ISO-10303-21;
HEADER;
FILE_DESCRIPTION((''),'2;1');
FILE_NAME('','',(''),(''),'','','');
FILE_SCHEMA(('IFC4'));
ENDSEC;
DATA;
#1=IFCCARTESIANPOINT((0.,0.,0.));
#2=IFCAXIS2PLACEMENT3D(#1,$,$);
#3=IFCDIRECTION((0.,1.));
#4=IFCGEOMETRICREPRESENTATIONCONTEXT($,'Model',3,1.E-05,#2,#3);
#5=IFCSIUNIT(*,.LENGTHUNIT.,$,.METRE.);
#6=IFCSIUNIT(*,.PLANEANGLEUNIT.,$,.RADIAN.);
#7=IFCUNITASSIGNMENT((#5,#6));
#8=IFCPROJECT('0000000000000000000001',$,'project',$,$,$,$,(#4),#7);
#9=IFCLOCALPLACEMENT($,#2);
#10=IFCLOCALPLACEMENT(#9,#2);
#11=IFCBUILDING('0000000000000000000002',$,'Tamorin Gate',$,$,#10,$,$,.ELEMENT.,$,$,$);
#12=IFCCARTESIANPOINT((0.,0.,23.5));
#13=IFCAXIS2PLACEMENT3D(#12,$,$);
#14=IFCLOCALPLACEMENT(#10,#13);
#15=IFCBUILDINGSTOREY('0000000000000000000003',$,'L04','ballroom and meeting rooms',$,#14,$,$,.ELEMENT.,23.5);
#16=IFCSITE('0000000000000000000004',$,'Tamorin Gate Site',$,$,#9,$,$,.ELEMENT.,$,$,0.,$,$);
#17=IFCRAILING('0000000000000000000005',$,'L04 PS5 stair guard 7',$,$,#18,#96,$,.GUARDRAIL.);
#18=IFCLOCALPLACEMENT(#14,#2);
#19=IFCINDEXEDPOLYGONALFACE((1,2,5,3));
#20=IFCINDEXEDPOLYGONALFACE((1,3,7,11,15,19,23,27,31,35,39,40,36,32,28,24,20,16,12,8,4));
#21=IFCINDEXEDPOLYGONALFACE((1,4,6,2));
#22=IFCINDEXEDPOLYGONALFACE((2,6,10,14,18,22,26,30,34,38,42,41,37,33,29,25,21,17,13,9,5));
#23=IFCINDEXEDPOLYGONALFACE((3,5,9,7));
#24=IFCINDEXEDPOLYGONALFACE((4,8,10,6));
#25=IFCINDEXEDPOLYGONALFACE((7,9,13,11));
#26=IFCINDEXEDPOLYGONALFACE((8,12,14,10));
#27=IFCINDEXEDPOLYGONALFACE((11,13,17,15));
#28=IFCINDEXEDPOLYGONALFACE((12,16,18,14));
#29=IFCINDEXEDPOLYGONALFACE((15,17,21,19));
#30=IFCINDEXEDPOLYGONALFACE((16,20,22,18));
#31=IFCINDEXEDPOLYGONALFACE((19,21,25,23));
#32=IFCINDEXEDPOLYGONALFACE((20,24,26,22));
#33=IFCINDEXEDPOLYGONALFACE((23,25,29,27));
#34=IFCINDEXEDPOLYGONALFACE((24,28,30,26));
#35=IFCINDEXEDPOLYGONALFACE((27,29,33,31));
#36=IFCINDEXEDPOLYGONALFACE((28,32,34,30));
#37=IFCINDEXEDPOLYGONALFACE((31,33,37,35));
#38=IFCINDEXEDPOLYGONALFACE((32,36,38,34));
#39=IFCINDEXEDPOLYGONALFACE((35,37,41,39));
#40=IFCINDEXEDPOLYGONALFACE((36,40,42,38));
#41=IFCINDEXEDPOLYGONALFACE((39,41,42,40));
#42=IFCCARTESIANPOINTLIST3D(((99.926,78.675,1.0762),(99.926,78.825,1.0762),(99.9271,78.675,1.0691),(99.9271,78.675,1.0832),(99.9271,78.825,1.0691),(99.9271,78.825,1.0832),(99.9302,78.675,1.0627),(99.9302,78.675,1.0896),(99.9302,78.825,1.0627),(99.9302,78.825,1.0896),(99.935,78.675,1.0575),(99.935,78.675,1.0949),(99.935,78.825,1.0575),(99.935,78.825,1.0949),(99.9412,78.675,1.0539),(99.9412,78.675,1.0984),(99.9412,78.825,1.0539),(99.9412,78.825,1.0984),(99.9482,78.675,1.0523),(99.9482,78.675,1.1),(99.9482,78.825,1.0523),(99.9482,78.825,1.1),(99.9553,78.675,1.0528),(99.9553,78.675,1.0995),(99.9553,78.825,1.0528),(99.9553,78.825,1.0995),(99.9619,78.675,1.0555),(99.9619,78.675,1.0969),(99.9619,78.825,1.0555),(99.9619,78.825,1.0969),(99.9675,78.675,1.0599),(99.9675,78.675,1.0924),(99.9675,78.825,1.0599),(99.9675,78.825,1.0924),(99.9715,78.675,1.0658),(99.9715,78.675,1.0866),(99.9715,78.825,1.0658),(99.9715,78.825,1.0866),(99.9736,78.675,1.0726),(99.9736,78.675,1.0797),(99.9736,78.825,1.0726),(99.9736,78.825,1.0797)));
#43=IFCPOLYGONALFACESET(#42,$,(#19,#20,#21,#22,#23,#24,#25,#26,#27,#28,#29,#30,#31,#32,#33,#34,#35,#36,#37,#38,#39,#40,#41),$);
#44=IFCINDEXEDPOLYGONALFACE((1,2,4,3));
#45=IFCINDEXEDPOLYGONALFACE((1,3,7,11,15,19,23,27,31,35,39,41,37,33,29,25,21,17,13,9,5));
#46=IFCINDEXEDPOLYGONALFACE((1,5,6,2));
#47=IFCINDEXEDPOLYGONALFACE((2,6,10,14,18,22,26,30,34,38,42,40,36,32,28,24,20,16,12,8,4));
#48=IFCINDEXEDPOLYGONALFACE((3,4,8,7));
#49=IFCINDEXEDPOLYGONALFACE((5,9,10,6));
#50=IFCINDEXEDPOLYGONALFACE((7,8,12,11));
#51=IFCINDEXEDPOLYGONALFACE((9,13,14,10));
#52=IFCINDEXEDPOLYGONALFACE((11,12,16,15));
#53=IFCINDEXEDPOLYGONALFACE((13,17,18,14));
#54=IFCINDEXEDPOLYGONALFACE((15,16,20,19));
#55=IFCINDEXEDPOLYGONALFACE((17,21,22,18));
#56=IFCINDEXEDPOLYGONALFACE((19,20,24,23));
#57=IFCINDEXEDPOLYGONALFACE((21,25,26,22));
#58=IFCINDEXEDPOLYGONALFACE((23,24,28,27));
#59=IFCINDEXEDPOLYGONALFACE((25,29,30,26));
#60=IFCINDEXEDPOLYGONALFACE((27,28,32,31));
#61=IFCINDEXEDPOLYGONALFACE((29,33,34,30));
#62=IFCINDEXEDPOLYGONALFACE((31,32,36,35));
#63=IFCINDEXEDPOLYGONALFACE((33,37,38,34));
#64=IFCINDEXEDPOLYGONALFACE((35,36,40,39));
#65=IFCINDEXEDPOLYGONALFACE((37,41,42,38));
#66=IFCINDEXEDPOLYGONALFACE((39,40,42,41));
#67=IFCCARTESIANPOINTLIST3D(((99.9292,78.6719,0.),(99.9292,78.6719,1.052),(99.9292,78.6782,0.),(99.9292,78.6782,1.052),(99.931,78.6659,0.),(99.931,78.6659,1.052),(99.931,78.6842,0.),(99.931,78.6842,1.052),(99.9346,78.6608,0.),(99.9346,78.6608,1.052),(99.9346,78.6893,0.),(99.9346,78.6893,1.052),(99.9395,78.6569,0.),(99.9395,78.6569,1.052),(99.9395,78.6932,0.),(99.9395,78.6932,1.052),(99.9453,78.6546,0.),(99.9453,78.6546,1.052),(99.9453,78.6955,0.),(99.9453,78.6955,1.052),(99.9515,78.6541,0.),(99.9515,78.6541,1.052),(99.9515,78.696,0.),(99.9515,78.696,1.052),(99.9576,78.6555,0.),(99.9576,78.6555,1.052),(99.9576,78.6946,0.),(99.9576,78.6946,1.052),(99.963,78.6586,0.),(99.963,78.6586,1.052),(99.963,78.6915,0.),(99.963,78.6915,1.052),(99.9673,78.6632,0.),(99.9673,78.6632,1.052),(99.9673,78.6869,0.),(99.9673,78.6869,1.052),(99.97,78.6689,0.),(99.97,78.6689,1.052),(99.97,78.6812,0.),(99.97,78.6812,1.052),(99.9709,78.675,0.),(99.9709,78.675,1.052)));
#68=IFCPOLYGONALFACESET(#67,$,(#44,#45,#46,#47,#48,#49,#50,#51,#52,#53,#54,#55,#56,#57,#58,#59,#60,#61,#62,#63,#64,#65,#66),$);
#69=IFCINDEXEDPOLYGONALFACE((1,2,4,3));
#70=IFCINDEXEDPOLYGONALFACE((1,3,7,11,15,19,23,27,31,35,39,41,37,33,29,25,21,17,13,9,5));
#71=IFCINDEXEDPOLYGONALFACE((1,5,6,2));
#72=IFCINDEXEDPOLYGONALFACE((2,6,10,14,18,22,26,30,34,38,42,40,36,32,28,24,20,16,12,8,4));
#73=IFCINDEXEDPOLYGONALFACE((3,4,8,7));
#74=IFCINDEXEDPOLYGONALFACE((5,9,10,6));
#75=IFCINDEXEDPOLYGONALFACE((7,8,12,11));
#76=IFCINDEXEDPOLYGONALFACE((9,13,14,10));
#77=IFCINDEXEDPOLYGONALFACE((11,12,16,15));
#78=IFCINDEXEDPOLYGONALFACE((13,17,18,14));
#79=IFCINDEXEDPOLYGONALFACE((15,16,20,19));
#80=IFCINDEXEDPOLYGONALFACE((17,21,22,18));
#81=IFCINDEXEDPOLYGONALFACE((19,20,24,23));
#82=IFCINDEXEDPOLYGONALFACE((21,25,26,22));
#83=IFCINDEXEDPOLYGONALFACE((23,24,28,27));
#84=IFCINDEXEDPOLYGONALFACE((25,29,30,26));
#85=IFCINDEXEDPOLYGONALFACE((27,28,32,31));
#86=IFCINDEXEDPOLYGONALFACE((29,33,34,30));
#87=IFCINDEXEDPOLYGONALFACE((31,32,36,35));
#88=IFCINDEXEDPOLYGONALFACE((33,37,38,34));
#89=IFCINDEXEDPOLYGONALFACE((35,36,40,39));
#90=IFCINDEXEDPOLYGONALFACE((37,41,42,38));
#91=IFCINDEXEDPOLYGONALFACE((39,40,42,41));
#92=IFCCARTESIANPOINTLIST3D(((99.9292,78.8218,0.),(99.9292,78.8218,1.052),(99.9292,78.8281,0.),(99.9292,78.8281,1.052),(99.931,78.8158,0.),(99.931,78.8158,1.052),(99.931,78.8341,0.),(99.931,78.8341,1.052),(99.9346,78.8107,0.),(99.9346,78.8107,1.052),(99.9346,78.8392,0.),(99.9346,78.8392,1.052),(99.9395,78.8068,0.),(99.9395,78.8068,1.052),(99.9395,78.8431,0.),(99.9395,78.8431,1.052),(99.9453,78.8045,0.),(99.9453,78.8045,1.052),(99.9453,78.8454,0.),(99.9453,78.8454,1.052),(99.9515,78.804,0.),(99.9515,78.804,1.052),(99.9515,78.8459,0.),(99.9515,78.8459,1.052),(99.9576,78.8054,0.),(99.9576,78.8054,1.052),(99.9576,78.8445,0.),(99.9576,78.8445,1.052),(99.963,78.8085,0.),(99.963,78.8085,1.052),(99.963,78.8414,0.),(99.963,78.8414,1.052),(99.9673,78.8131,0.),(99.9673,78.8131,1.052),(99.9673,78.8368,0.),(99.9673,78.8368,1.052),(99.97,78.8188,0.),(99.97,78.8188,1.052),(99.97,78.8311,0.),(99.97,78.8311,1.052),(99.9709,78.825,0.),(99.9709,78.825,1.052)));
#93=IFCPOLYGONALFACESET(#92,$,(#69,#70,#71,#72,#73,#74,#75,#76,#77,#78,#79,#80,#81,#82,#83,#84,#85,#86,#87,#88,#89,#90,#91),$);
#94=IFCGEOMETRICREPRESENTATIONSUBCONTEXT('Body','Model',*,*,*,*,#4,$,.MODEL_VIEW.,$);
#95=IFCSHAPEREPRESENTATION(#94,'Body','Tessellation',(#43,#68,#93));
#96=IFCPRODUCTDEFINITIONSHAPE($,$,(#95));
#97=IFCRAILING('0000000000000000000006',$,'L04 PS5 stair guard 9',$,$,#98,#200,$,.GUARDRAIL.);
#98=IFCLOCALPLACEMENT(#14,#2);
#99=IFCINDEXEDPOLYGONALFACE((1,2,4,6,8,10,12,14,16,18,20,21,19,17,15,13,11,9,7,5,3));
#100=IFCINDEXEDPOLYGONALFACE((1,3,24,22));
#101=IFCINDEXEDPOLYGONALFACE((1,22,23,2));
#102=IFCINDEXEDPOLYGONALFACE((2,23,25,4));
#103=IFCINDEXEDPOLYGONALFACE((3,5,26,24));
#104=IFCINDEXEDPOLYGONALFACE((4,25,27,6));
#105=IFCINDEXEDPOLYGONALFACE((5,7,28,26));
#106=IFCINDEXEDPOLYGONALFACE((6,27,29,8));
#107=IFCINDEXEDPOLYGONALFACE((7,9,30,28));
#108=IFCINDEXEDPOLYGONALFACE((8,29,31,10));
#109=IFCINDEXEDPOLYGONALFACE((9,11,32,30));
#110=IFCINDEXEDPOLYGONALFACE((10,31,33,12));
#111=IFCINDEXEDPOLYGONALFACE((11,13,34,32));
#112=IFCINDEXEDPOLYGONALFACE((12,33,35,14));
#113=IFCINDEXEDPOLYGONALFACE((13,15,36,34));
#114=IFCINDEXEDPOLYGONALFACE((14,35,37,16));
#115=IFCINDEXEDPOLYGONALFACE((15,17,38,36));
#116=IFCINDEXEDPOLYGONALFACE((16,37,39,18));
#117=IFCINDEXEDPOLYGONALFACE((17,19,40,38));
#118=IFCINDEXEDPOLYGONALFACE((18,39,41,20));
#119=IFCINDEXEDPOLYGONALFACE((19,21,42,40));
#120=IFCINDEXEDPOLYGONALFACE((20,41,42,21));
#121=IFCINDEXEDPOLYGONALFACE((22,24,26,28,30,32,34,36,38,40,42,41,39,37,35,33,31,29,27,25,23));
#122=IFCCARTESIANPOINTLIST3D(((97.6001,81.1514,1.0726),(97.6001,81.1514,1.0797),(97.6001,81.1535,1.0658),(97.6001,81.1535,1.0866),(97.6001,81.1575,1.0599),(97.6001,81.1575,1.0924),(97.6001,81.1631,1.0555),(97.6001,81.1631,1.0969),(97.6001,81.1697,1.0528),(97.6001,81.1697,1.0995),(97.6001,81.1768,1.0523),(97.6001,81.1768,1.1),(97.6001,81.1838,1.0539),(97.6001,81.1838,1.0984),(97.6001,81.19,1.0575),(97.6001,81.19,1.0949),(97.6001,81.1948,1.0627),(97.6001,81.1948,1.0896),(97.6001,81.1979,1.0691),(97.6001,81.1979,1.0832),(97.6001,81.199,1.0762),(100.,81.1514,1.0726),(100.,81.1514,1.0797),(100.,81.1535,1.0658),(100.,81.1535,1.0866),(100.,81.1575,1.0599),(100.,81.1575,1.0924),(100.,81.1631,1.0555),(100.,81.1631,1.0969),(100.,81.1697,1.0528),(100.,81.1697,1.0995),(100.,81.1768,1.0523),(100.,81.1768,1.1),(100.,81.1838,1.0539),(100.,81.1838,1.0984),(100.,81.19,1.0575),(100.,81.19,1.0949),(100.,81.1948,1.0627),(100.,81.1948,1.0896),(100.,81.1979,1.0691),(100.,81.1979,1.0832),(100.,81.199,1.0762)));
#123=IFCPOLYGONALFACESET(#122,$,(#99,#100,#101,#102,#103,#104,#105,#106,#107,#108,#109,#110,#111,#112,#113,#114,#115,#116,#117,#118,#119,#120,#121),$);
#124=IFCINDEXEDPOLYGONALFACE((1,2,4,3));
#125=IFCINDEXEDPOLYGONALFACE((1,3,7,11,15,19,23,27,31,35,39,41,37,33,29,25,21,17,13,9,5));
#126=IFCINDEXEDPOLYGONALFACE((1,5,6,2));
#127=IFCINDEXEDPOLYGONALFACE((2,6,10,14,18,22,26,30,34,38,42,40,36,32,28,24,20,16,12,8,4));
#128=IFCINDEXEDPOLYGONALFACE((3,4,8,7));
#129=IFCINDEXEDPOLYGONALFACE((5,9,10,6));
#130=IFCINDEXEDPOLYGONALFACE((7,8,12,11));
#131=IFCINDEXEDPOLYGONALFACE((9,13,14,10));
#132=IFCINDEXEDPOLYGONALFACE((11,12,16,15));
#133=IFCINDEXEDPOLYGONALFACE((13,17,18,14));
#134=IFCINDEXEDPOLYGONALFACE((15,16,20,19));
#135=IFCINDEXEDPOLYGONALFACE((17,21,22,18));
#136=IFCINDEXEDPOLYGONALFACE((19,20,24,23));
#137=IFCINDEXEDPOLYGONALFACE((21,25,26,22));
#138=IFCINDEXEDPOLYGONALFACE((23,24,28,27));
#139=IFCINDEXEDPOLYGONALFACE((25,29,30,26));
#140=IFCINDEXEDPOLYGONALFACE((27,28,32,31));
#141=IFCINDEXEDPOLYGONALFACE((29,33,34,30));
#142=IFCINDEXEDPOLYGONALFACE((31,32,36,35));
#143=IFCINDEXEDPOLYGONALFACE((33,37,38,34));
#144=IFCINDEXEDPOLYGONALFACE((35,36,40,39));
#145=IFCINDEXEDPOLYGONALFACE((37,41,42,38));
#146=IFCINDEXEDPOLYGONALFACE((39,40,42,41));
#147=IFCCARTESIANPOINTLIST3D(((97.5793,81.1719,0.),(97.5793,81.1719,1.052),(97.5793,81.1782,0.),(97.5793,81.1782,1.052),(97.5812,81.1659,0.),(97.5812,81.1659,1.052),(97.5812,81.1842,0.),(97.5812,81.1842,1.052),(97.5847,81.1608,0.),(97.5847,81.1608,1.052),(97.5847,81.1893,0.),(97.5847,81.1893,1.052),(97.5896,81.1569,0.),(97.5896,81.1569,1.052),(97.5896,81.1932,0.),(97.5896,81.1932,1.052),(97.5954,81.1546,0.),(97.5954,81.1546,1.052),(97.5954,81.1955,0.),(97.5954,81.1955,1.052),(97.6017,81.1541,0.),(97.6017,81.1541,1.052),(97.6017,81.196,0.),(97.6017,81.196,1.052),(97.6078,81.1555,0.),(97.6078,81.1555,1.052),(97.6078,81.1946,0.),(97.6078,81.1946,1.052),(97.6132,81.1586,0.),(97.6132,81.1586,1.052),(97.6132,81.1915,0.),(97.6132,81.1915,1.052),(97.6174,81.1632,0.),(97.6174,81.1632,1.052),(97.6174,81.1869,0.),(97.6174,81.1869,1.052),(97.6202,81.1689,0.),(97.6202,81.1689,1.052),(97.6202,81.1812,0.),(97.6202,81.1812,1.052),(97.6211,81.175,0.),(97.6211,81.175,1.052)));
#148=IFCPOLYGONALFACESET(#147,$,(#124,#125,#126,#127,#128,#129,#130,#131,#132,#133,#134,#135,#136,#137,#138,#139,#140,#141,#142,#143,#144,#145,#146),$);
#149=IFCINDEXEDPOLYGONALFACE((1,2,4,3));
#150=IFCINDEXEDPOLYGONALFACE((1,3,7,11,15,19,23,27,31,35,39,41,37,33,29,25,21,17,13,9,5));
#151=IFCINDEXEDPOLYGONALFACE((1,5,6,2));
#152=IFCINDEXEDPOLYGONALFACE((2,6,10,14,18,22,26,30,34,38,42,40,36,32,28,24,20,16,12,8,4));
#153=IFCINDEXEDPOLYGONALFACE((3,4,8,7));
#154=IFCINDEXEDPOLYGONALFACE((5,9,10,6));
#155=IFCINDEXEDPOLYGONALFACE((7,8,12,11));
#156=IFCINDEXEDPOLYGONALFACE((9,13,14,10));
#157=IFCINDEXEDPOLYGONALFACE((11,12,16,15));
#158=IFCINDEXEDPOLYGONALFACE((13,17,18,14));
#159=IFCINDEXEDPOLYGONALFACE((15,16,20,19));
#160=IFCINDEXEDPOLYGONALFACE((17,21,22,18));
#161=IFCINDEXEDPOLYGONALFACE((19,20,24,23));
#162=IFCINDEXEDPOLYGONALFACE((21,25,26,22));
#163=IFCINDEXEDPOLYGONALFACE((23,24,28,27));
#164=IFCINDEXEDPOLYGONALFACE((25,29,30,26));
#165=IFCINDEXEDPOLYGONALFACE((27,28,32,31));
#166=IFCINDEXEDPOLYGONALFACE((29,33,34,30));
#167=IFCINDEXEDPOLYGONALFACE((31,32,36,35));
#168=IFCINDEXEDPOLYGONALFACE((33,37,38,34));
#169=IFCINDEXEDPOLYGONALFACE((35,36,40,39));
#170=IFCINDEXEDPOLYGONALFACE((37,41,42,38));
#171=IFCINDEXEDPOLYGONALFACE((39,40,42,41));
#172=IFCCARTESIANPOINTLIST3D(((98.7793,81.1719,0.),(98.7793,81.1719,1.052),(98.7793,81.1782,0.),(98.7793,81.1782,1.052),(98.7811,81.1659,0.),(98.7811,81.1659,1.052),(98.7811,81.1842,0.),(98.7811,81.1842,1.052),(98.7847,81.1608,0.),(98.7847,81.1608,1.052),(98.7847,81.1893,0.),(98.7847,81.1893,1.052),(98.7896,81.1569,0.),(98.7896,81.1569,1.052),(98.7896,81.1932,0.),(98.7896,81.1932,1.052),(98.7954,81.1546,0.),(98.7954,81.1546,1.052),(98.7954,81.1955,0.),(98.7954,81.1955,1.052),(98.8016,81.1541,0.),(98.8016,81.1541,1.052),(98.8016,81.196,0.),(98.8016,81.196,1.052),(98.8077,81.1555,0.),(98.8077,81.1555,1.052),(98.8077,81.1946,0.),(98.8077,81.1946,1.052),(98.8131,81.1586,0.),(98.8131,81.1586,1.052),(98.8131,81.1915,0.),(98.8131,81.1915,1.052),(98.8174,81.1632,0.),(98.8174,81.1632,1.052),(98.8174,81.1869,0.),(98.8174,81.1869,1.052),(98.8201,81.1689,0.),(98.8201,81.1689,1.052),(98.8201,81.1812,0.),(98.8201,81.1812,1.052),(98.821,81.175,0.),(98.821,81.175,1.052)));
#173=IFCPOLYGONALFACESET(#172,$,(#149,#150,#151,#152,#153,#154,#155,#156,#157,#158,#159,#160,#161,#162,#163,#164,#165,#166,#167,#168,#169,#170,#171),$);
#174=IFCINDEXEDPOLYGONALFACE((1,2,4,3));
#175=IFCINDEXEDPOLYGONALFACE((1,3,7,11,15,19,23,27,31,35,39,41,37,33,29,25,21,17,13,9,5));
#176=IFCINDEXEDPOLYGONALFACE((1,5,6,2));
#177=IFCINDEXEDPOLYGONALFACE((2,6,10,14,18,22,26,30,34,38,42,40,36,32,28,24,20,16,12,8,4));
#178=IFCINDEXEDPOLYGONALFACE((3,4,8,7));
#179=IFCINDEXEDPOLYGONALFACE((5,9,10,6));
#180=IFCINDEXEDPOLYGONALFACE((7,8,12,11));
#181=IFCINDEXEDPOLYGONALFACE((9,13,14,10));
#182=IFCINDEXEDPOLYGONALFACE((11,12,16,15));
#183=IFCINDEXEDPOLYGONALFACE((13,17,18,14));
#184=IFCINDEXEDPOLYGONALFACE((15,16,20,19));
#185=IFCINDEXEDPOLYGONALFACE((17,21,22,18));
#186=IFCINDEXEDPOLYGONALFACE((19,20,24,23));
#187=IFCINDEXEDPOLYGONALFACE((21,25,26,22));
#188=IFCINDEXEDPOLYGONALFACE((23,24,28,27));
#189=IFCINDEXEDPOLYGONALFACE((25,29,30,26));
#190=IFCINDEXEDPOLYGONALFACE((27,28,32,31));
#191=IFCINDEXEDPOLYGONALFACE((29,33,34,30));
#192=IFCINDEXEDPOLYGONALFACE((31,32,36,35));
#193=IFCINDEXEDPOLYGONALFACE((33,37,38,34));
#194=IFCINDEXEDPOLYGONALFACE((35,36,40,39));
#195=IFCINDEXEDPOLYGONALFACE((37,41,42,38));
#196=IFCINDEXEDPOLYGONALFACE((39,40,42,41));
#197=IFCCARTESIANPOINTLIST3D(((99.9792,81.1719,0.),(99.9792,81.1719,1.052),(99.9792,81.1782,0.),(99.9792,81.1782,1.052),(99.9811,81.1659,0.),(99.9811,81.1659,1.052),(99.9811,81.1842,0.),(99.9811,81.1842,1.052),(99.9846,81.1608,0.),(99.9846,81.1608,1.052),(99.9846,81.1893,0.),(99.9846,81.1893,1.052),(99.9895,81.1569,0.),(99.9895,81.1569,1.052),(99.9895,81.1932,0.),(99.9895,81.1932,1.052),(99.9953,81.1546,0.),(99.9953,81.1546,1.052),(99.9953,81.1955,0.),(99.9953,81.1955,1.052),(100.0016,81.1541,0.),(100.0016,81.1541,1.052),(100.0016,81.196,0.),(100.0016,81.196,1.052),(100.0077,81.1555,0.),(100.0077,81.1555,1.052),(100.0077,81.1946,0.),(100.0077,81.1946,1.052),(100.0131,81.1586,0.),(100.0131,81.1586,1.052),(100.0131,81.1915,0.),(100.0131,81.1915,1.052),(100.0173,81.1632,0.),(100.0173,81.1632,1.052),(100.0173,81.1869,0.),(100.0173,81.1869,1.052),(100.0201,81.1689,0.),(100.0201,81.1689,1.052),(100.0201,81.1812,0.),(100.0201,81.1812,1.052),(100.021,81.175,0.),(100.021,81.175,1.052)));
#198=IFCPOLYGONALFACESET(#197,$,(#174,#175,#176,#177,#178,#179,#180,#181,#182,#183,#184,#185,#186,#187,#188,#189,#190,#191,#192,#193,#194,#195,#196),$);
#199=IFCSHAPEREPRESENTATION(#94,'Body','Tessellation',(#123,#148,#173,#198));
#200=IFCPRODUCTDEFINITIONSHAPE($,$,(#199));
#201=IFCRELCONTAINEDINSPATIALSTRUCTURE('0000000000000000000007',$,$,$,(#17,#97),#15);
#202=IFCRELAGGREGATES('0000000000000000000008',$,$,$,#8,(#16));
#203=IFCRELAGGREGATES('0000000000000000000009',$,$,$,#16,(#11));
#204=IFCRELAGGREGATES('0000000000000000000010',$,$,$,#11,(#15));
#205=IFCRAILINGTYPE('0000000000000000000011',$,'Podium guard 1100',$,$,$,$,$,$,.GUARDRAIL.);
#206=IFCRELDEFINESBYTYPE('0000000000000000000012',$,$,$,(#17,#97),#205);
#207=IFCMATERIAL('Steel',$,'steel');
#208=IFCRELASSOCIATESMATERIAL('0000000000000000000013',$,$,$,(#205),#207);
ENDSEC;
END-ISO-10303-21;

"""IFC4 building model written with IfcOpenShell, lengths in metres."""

from ifc_helpers import new_model, si_unit, direction, frame, origin, origin_2d, place, context, subcontext, project, spatial, circle, extrude, material, type_object, element, save


model = new_model("IFC4")

# Units and contexts
model_context = context("Model", 3, precision=1e-05, world=origin(), true_north=direction((0.0, 1.0)))
body_context = subcontext(model_context, "Body", "Model", "MODEL_VIEW")
ifc_project = project(units=[si_unit("LENGTHUNIT", "METRE"), si_unit("PLANEANGLEUNIT", "RADIAN")], contexts=[model_context])

# Site, building, storey
site_placement = place(None, origin())
site = spatial("IfcSite", under=ifc_project, at=site_placement, Name="Tamorin Gate Site", CompositionType="ELEMENT", RefElevation=0.0)
building_placement = place(site_placement, origin())
building = spatial("IfcBuilding", under=site, at=building_placement, Name="Tamorin Gate", CompositionType="ELEMENT")
storey_placement = place(building_placement, frame((0.0, 0.0, 23.5)))
storey = spatial("IfcBuildingStorey", under=building, at=storey_placement, Name="L04", Description="ballroom and meeting rooms", CompositionType="ELEMENT", Elevation=23.5)

# Railings
ifc_material_1 = material(Name="Steel", Category="steel")
railing_type_1 = type_object("IfcRailingType", Name="Podium guard 1100", PredefinedType="GUARDRAIL", material=ifc_material_1)
railing_1_placement = place(storey_placement, frame((99.95, 78.675, 0.0)))
element("IfcRailing", 1, at=railing_1_placement, inside=storey, type_object=railing_type_1, Name="L04 PS5 stair guard 7", PredefinedType="GUARDRAIL", context=body_context, shape_type="SweptSolid", body=[
    extrude(circle(Radius=0.0239, at=origin_2d()), frame((0.0, 0.0, 1.0762), z_axis=(0.0, 1.0, 0.0), x_axis=(-1.0, 0.0, 0.0)), (0.0, 0.0, 1.0), 0.1499),
    extrude(circle(Radius=0.021, at=origin_2d()), origin(), (0.0, 0.0, 1.0), 1.052),
    extrude(circle(Radius=0.021, at=origin_2d()), frame((0.0, 0.1499, 0.0)), (0.0, 0.0, 1.0), 1.052),
])
railing_2_placement = place(storey_placement, frame((97.6001, 81.175, 0.0)))
element("IfcRailing", 2, at=railing_2_placement, inside=storey, type_object=railing_type_1, Name="L04 PS5 stair guard 9", PredefinedType="GUARDRAIL", context=body_context, shape_type="SweptSolid", body=[
    extrude(circle(Radius=0.0239, at=origin_2d()), frame((0.0, 0.0, 1.0762), z_axis=(1.0, 0.0, 0.0), x_axis=(0.0, 1.0, 0.0)), (0.0, 0.0, 1.0), 2.3999),
    extrude(circle(Radius=0.021, at=origin_2d()), origin(), (0.0, 0.0, 1.0), 1.052),
    extrude(circle(Radius=0.021, at=origin_2d()), frame((1.2, 0.0, 0.0)), (0.0, 0.0, 1.0), 1.052),
    extrude(circle(Radius=0.021, at=origin_2d()), frame((2.3999, 0.0, 0.0)), (0.0, 0.0, 1.0), 1.052),
])

save(model, "model.ifc")
